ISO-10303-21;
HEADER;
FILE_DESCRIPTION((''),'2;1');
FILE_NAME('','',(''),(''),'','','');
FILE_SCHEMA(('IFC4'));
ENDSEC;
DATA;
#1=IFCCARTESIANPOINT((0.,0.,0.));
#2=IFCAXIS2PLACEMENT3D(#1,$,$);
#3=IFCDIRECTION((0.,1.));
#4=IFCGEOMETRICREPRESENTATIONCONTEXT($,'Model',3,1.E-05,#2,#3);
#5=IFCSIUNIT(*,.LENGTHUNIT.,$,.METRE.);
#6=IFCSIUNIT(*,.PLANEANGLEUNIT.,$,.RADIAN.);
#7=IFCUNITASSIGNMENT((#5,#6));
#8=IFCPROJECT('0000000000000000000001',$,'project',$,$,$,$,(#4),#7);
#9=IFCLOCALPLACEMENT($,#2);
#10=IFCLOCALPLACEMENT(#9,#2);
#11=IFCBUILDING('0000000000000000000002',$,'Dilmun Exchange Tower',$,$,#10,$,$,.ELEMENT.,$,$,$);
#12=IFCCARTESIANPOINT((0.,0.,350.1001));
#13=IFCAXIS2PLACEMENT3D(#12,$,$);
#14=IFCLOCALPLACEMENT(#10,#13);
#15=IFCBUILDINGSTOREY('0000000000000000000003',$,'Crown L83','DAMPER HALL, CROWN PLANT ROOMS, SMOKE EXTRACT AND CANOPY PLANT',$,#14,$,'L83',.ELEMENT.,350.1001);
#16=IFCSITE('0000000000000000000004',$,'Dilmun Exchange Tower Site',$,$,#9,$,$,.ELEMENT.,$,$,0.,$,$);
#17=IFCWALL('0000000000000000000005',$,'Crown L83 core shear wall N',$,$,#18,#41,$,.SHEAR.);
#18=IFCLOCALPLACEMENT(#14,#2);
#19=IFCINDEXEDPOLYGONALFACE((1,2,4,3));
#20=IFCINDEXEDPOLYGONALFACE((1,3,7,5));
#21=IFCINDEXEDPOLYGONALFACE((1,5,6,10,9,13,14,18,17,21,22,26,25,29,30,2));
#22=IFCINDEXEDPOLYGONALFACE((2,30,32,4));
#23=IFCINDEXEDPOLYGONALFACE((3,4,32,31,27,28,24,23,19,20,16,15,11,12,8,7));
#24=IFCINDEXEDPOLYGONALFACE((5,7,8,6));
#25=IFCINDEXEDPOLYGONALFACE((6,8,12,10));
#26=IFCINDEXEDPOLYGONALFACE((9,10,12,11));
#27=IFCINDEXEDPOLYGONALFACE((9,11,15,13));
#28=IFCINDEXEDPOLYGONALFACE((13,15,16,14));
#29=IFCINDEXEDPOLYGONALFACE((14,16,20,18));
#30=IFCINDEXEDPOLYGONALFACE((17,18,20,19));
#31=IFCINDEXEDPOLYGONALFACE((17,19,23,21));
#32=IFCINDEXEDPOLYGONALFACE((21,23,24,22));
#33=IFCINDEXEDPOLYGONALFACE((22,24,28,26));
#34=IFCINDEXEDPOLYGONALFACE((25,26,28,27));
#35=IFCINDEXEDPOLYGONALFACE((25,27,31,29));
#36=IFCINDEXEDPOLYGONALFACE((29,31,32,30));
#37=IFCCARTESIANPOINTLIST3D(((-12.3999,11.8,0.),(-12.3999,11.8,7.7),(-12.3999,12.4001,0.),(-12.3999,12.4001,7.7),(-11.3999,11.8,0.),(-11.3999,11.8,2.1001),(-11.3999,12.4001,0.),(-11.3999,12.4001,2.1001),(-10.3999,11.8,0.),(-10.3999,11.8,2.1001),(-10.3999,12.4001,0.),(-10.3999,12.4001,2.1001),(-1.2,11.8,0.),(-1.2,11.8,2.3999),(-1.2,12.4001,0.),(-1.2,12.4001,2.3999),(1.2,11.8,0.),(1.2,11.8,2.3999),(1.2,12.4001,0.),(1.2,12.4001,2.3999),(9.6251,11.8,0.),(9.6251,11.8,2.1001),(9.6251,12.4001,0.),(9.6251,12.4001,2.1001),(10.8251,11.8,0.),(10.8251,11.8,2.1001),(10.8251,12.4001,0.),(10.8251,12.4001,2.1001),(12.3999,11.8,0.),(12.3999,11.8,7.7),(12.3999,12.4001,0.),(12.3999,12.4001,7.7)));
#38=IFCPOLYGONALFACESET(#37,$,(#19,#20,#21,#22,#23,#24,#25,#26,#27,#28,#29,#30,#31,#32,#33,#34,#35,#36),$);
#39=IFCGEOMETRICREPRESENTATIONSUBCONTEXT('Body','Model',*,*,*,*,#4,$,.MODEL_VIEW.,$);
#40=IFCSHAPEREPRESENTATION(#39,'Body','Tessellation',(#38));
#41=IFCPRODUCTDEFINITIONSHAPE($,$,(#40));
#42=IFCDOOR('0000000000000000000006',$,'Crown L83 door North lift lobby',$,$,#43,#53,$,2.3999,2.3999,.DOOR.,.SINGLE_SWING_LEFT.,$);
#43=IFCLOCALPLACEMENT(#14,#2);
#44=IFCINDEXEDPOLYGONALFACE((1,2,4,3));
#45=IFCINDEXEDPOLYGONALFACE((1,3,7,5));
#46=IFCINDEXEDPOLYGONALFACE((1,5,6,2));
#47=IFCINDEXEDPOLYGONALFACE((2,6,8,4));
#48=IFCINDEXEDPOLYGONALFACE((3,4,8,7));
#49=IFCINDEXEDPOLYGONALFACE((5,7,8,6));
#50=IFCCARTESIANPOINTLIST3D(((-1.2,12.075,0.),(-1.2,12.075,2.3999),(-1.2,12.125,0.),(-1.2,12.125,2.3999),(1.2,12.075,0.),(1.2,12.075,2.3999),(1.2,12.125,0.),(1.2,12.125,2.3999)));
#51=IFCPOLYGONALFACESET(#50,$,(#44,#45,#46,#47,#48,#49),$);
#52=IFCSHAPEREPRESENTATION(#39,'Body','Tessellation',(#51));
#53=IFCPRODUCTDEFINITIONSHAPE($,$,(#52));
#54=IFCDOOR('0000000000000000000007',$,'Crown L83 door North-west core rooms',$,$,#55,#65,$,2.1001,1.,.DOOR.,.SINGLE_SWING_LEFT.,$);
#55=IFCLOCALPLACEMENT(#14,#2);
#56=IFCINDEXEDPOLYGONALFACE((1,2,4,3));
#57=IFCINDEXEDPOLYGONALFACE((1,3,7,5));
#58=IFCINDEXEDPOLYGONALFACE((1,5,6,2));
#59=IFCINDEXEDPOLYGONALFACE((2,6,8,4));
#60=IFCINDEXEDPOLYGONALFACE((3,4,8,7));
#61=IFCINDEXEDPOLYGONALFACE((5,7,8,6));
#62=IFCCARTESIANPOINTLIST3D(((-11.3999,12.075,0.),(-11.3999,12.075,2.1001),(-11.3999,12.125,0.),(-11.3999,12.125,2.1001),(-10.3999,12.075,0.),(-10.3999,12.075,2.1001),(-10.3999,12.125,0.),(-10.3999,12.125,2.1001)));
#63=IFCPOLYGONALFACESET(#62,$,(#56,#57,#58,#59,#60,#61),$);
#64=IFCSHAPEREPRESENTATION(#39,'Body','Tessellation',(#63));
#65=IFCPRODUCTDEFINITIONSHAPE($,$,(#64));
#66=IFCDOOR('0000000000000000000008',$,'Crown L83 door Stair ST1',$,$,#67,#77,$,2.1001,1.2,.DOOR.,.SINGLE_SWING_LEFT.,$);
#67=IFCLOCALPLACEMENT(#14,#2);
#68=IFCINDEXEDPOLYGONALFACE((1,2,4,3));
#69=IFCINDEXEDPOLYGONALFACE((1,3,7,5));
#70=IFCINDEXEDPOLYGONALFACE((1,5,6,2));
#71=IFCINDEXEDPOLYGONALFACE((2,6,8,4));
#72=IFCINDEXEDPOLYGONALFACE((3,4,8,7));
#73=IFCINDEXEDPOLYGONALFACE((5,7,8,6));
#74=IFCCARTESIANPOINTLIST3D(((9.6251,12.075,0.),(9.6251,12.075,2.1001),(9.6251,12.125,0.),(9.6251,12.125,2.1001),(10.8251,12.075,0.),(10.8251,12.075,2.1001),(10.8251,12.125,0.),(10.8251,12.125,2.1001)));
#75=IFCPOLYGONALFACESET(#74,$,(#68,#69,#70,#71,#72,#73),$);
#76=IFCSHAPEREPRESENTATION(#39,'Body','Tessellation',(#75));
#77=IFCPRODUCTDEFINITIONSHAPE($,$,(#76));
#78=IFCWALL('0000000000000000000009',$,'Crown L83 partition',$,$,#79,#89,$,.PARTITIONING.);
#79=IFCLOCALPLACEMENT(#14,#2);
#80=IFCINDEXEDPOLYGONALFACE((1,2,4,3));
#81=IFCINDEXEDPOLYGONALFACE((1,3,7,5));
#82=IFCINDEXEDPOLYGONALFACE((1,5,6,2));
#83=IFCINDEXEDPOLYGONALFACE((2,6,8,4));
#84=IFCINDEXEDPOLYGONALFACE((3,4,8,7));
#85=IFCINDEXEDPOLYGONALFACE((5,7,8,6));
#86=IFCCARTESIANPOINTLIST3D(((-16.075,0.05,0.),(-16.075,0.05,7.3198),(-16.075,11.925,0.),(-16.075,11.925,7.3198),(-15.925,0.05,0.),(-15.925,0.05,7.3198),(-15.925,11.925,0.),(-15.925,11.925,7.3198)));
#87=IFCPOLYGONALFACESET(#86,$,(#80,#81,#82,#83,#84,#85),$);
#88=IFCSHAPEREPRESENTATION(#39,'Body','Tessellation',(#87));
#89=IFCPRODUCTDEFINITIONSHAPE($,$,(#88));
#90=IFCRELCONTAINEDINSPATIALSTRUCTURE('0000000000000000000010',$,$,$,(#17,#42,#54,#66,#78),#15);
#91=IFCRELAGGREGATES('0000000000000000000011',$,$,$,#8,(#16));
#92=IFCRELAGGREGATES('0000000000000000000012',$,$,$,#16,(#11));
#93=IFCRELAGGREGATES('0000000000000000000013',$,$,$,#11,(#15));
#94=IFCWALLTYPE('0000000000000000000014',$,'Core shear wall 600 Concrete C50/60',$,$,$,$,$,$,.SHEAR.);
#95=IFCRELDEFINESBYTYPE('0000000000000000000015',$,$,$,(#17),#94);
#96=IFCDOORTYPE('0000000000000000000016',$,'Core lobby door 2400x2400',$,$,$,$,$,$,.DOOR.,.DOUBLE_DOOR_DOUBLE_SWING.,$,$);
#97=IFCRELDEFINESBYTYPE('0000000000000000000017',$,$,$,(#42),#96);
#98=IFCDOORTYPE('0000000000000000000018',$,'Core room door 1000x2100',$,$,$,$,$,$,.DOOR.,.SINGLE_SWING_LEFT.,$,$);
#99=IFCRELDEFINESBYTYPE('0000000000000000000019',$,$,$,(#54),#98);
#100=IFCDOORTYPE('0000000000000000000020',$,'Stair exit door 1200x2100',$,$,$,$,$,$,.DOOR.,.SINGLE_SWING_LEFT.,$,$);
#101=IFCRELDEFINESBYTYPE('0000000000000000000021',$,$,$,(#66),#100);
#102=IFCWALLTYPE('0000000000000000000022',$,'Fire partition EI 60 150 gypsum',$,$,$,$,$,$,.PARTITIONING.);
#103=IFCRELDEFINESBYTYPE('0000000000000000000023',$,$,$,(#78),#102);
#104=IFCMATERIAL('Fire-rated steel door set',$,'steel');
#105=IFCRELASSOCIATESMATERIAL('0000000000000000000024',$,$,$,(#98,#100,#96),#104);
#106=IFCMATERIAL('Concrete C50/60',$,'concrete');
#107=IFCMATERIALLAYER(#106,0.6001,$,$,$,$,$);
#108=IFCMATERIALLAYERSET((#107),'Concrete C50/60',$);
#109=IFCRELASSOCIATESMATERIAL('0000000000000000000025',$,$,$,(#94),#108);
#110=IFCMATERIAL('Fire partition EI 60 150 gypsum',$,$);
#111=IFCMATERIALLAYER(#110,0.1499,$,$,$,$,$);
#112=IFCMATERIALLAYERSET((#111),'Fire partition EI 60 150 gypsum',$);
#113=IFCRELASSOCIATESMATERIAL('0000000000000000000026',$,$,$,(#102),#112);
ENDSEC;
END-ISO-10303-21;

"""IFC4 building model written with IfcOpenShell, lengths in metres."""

from ifc_helpers import new_model, si_unit, direction, frame, frame_2d, origin, place, context, subcontext, project, spatial, rectangle, extrude, material, layer, layer_set, type_object, element, fill, save


model = new_model("IFC4")

# Units and contexts
model_context = context("Model", 3, precision=1e-05, world=origin(), true_north=direction((0.0, 1.0)))
body_context = subcontext(model_context, "Body", "Model", "MODEL_VIEW")
ifc_project = project(units=[si_unit("LENGTHUNIT", "METRE"), si_unit("PLANEANGLEUNIT", "RADIAN")], contexts=[model_context])

# Site, building, storey
site_placement = place(None, origin())
site = spatial("IfcSite", under=ifc_project, at=site_placement, Name="Dilmun Exchange Tower Site", CompositionType="ELEMENT", RefElevation=0.0)
building_placement = place(site_placement, origin())
building = spatial("IfcBuilding", under=site, at=building_placement, Name="Dilmun Exchange Tower", CompositionType="ELEMENT")
storey_placement = place(building_placement, frame((0.0, 0.0, 350.1001)))
storey = spatial("IfcBuildingStorey", under=building, at=storey_placement, Name="Crown L83", Description="DAMPER HALL, CROWN PLANT ROOMS, SMOKE EXTRACT AND CANOPY PLANT", LongName="L83", CompositionType="ELEMENT", Elevation=350.1001)

# Shared definitions
ifc_material_1 = material(Name="Concrete C50/60", Category="concrete")

# Wall, openings, doors
ifc_material_2 = material(Name="Fire-rated steel door set", Category="steel")
door_type_1 = type_object("IfcDoorType", Name="Core room door 1000x2100", OperationType="SINGLE_SWING_LEFT", PredefinedType="DOOR", material=ifc_material_2)
door_type_2 = type_object("IfcDoorType", Name="Stair exit door 1200x2100", OperationType="SINGLE_SWING_LEFT", PredefinedType="DOOR", material=ifc_material_2)
ifc_layer_1 = layer(ifc_material_1, 0.6001)
ifc_layer_set_1 = layer_set([ifc_layer_1], Name="Concrete C50/60")
wall_type_1 = type_object("IfcWallType", Name="Core shear wall 600 Concrete C50/60", PredefinedType="SHEAR", material=ifc_layer_set_1)
wall_1_placement = place(storey_placement, frame((-12.3999, 12.1001, 0.0), z_axis=(0.0, 0.0, 1.0), x_axis=(1.0, 0.0, 0.0)))
wall_1 = element("IfcWall", 1, at=wall_1_placement, inside=storey, type_object=wall_type_1, Name="Crown L83 core shear wall N", PredefinedType="SHEAR", context=body_context, shape_type="SweptSolid", body=[
    extrude(rectangle(XDim=24.7998, YDim=0.6001, at=frame_2d((12.3999, 0.0))), origin(), (0.0, 0.0, 1.0), 7.7),
])
opening_1_placement = place(wall_1_placement, frame((11.2, 0.0, 0.0)))
opening_1 = element("IfcOpeningElement", 2, at=opening_1_placement, cuts=wall_1, PredefinedType="OPENING", context=body_context, shape_type="SweptSolid", body=[
    extrude(rectangle(XDim=2.3999, YDim=2.3999, at=frame_2d((1.2, 1.2))), frame((0.0, 0.3101, 0.0), z_axis=(0.0, -1.0, 0.0), x_axis=(1.0, 0.0, 0.0)), (0.0, 0.0, 1.0), 0.6201),
])
opening_2_placement = place(wall_1_placement, frame((22.0249, 0.0, 0.0)))
opening_2 = element("IfcOpeningElement", 3, at=opening_2_placement, cuts=wall_1, PredefinedType="OPENING", context=body_context, shape_type="SweptSolid", body=[
    extrude(rectangle(XDim=1.2, YDim=2.1001, at=frame_2d((0.6001, 1.05))), frame((0.0, 0.3101, 0.0), z_axis=(0.0, -1.0, 0.0), x_axis=(1.0, 0.0, 0.0)), (0.0, 0.0, 1.0), 0.6201),
])
opening_3_placement = place(wall_1_placement, frame((1.0, 0.0, 0.0)))
opening_3 = element("IfcOpeningElement", 4, at=opening_3_placement, cuts=wall_1, PredefinedType="OPENING", context=body_context, shape_type="SweptSolid", body=[
    extrude(rectangle(XDim=1.0, YDim=2.1001, at=frame_2d((0.5, 1.05))), frame((0.0, 0.3101, 0.0), z_axis=(0.0, -1.0, 0.0), x_axis=(1.0, 0.0, 0.0)), (0.0, 0.0, 1.0), 0.6201),
])
door_type_3 = type_object("IfcDoorType", Name="Core lobby door 2400x2400", OperationType="DOUBLE_DOOR_DOUBLE_SWING", PredefinedType="DOOR", material=ifc_material_2)
door_1_placement = place(opening_1_placement, origin())
door_1 = element("IfcDoor", 5, at=door_1_placement, inside=storey, type_object=door_type_3, Name="Crown L83 door North lift lobby", OperationType="SINGLE_SWING_LEFT", OverallHeight=2.3999, OverallWidth=2.3999, PredefinedType="DOOR", context=body_context, shape_type="SweptSolid", body=[
    extrude(rectangle(XDim=2.3999, YDim=2.3999, at=frame_2d((1.2, 1.2))), frame((0.0, 0.0249, 0.0), z_axis=(0.0, -1.0, 0.0), x_axis=(1.0, 0.0, 0.0)), (0.0, 0.0, 1.0), 0.05),
])
fill(opening_1, door_1)
door_2_placement = place(opening_3_placement, origin())
door_2 = element("IfcDoor", 6, at=door_2_placement, inside=storey, type_object=door_type_1, Name="Crown L83 door North-west core rooms", OperationType="SINGLE_SWING_LEFT", OverallHeight=2.1001, OverallWidth=1.0, PredefinedType="DOOR", context=body_context, shape_type="SweptSolid", body=[
    extrude(rectangle(XDim=1.0, YDim=2.1001, at=frame_2d((0.5, 1.05))), frame((0.0, 0.0249, 0.0), z_axis=(0.0, -1.0, 0.0), x_axis=(1.0, 0.0, 0.0)), (0.0, 0.0, 1.0), 0.05),
])
fill(opening_3, door_2)
door_3_placement = place(opening_2_placement, origin())
door_3 = element("IfcDoor", 7, at=door_3_placement, inside=storey, type_object=door_type_2, Name="Crown L83 door Stair ST1", OperationType="SINGLE_SWING_LEFT", OverallHeight=2.1001, OverallWidth=1.2, PredefinedType="DOOR", context=body_context, shape_type="SweptSolid", body=[
    extrude(rectangle(XDim=1.2, YDim=2.1001, at=frame_2d((0.6001, 1.05))), frame((0.0, 0.0249, 0.0), z_axis=(0.0, -1.0, 0.0), x_axis=(1.0, 0.0, 0.0)), (0.0, 0.0, 1.0), 0.05),
])
fill(opening_2, door_3)

# Wall
ifc_material_3 = material(Name="Fire partition EI 60 150 gypsum")
ifc_layer_2 = layer(ifc_material_3, 0.1499)
ifc_layer_set_2 = layer_set([ifc_layer_2], Name="Fire partition EI 60 150 gypsum")
wall_type_2 = type_object("IfcWallType", Name="Fire partition EI 60 150 gypsum", PredefinedType="PARTITIONING", material=ifc_layer_set_2)
wall_2_placement = place(storey_placement, frame((-16.0, 0.05, 0.0), z_axis=(0.0, 0.0, 1.0), x_axis=(0.0, 1.0, 0.0)))
element("IfcWall", 8, at=wall_2_placement, inside=storey, type_object=wall_type_2, Name="Crown L83 partition", PredefinedType="PARTITIONING", context=body_context, shape_type="SweptSolid", body=[
    extrude(rectangle(XDim=11.875, YDim=0.1499, at=frame_2d((5.9375, 0.0))), origin(), (0.0, 0.0, 1.0), 7.3198),
])

save(model, "model.ifc")
